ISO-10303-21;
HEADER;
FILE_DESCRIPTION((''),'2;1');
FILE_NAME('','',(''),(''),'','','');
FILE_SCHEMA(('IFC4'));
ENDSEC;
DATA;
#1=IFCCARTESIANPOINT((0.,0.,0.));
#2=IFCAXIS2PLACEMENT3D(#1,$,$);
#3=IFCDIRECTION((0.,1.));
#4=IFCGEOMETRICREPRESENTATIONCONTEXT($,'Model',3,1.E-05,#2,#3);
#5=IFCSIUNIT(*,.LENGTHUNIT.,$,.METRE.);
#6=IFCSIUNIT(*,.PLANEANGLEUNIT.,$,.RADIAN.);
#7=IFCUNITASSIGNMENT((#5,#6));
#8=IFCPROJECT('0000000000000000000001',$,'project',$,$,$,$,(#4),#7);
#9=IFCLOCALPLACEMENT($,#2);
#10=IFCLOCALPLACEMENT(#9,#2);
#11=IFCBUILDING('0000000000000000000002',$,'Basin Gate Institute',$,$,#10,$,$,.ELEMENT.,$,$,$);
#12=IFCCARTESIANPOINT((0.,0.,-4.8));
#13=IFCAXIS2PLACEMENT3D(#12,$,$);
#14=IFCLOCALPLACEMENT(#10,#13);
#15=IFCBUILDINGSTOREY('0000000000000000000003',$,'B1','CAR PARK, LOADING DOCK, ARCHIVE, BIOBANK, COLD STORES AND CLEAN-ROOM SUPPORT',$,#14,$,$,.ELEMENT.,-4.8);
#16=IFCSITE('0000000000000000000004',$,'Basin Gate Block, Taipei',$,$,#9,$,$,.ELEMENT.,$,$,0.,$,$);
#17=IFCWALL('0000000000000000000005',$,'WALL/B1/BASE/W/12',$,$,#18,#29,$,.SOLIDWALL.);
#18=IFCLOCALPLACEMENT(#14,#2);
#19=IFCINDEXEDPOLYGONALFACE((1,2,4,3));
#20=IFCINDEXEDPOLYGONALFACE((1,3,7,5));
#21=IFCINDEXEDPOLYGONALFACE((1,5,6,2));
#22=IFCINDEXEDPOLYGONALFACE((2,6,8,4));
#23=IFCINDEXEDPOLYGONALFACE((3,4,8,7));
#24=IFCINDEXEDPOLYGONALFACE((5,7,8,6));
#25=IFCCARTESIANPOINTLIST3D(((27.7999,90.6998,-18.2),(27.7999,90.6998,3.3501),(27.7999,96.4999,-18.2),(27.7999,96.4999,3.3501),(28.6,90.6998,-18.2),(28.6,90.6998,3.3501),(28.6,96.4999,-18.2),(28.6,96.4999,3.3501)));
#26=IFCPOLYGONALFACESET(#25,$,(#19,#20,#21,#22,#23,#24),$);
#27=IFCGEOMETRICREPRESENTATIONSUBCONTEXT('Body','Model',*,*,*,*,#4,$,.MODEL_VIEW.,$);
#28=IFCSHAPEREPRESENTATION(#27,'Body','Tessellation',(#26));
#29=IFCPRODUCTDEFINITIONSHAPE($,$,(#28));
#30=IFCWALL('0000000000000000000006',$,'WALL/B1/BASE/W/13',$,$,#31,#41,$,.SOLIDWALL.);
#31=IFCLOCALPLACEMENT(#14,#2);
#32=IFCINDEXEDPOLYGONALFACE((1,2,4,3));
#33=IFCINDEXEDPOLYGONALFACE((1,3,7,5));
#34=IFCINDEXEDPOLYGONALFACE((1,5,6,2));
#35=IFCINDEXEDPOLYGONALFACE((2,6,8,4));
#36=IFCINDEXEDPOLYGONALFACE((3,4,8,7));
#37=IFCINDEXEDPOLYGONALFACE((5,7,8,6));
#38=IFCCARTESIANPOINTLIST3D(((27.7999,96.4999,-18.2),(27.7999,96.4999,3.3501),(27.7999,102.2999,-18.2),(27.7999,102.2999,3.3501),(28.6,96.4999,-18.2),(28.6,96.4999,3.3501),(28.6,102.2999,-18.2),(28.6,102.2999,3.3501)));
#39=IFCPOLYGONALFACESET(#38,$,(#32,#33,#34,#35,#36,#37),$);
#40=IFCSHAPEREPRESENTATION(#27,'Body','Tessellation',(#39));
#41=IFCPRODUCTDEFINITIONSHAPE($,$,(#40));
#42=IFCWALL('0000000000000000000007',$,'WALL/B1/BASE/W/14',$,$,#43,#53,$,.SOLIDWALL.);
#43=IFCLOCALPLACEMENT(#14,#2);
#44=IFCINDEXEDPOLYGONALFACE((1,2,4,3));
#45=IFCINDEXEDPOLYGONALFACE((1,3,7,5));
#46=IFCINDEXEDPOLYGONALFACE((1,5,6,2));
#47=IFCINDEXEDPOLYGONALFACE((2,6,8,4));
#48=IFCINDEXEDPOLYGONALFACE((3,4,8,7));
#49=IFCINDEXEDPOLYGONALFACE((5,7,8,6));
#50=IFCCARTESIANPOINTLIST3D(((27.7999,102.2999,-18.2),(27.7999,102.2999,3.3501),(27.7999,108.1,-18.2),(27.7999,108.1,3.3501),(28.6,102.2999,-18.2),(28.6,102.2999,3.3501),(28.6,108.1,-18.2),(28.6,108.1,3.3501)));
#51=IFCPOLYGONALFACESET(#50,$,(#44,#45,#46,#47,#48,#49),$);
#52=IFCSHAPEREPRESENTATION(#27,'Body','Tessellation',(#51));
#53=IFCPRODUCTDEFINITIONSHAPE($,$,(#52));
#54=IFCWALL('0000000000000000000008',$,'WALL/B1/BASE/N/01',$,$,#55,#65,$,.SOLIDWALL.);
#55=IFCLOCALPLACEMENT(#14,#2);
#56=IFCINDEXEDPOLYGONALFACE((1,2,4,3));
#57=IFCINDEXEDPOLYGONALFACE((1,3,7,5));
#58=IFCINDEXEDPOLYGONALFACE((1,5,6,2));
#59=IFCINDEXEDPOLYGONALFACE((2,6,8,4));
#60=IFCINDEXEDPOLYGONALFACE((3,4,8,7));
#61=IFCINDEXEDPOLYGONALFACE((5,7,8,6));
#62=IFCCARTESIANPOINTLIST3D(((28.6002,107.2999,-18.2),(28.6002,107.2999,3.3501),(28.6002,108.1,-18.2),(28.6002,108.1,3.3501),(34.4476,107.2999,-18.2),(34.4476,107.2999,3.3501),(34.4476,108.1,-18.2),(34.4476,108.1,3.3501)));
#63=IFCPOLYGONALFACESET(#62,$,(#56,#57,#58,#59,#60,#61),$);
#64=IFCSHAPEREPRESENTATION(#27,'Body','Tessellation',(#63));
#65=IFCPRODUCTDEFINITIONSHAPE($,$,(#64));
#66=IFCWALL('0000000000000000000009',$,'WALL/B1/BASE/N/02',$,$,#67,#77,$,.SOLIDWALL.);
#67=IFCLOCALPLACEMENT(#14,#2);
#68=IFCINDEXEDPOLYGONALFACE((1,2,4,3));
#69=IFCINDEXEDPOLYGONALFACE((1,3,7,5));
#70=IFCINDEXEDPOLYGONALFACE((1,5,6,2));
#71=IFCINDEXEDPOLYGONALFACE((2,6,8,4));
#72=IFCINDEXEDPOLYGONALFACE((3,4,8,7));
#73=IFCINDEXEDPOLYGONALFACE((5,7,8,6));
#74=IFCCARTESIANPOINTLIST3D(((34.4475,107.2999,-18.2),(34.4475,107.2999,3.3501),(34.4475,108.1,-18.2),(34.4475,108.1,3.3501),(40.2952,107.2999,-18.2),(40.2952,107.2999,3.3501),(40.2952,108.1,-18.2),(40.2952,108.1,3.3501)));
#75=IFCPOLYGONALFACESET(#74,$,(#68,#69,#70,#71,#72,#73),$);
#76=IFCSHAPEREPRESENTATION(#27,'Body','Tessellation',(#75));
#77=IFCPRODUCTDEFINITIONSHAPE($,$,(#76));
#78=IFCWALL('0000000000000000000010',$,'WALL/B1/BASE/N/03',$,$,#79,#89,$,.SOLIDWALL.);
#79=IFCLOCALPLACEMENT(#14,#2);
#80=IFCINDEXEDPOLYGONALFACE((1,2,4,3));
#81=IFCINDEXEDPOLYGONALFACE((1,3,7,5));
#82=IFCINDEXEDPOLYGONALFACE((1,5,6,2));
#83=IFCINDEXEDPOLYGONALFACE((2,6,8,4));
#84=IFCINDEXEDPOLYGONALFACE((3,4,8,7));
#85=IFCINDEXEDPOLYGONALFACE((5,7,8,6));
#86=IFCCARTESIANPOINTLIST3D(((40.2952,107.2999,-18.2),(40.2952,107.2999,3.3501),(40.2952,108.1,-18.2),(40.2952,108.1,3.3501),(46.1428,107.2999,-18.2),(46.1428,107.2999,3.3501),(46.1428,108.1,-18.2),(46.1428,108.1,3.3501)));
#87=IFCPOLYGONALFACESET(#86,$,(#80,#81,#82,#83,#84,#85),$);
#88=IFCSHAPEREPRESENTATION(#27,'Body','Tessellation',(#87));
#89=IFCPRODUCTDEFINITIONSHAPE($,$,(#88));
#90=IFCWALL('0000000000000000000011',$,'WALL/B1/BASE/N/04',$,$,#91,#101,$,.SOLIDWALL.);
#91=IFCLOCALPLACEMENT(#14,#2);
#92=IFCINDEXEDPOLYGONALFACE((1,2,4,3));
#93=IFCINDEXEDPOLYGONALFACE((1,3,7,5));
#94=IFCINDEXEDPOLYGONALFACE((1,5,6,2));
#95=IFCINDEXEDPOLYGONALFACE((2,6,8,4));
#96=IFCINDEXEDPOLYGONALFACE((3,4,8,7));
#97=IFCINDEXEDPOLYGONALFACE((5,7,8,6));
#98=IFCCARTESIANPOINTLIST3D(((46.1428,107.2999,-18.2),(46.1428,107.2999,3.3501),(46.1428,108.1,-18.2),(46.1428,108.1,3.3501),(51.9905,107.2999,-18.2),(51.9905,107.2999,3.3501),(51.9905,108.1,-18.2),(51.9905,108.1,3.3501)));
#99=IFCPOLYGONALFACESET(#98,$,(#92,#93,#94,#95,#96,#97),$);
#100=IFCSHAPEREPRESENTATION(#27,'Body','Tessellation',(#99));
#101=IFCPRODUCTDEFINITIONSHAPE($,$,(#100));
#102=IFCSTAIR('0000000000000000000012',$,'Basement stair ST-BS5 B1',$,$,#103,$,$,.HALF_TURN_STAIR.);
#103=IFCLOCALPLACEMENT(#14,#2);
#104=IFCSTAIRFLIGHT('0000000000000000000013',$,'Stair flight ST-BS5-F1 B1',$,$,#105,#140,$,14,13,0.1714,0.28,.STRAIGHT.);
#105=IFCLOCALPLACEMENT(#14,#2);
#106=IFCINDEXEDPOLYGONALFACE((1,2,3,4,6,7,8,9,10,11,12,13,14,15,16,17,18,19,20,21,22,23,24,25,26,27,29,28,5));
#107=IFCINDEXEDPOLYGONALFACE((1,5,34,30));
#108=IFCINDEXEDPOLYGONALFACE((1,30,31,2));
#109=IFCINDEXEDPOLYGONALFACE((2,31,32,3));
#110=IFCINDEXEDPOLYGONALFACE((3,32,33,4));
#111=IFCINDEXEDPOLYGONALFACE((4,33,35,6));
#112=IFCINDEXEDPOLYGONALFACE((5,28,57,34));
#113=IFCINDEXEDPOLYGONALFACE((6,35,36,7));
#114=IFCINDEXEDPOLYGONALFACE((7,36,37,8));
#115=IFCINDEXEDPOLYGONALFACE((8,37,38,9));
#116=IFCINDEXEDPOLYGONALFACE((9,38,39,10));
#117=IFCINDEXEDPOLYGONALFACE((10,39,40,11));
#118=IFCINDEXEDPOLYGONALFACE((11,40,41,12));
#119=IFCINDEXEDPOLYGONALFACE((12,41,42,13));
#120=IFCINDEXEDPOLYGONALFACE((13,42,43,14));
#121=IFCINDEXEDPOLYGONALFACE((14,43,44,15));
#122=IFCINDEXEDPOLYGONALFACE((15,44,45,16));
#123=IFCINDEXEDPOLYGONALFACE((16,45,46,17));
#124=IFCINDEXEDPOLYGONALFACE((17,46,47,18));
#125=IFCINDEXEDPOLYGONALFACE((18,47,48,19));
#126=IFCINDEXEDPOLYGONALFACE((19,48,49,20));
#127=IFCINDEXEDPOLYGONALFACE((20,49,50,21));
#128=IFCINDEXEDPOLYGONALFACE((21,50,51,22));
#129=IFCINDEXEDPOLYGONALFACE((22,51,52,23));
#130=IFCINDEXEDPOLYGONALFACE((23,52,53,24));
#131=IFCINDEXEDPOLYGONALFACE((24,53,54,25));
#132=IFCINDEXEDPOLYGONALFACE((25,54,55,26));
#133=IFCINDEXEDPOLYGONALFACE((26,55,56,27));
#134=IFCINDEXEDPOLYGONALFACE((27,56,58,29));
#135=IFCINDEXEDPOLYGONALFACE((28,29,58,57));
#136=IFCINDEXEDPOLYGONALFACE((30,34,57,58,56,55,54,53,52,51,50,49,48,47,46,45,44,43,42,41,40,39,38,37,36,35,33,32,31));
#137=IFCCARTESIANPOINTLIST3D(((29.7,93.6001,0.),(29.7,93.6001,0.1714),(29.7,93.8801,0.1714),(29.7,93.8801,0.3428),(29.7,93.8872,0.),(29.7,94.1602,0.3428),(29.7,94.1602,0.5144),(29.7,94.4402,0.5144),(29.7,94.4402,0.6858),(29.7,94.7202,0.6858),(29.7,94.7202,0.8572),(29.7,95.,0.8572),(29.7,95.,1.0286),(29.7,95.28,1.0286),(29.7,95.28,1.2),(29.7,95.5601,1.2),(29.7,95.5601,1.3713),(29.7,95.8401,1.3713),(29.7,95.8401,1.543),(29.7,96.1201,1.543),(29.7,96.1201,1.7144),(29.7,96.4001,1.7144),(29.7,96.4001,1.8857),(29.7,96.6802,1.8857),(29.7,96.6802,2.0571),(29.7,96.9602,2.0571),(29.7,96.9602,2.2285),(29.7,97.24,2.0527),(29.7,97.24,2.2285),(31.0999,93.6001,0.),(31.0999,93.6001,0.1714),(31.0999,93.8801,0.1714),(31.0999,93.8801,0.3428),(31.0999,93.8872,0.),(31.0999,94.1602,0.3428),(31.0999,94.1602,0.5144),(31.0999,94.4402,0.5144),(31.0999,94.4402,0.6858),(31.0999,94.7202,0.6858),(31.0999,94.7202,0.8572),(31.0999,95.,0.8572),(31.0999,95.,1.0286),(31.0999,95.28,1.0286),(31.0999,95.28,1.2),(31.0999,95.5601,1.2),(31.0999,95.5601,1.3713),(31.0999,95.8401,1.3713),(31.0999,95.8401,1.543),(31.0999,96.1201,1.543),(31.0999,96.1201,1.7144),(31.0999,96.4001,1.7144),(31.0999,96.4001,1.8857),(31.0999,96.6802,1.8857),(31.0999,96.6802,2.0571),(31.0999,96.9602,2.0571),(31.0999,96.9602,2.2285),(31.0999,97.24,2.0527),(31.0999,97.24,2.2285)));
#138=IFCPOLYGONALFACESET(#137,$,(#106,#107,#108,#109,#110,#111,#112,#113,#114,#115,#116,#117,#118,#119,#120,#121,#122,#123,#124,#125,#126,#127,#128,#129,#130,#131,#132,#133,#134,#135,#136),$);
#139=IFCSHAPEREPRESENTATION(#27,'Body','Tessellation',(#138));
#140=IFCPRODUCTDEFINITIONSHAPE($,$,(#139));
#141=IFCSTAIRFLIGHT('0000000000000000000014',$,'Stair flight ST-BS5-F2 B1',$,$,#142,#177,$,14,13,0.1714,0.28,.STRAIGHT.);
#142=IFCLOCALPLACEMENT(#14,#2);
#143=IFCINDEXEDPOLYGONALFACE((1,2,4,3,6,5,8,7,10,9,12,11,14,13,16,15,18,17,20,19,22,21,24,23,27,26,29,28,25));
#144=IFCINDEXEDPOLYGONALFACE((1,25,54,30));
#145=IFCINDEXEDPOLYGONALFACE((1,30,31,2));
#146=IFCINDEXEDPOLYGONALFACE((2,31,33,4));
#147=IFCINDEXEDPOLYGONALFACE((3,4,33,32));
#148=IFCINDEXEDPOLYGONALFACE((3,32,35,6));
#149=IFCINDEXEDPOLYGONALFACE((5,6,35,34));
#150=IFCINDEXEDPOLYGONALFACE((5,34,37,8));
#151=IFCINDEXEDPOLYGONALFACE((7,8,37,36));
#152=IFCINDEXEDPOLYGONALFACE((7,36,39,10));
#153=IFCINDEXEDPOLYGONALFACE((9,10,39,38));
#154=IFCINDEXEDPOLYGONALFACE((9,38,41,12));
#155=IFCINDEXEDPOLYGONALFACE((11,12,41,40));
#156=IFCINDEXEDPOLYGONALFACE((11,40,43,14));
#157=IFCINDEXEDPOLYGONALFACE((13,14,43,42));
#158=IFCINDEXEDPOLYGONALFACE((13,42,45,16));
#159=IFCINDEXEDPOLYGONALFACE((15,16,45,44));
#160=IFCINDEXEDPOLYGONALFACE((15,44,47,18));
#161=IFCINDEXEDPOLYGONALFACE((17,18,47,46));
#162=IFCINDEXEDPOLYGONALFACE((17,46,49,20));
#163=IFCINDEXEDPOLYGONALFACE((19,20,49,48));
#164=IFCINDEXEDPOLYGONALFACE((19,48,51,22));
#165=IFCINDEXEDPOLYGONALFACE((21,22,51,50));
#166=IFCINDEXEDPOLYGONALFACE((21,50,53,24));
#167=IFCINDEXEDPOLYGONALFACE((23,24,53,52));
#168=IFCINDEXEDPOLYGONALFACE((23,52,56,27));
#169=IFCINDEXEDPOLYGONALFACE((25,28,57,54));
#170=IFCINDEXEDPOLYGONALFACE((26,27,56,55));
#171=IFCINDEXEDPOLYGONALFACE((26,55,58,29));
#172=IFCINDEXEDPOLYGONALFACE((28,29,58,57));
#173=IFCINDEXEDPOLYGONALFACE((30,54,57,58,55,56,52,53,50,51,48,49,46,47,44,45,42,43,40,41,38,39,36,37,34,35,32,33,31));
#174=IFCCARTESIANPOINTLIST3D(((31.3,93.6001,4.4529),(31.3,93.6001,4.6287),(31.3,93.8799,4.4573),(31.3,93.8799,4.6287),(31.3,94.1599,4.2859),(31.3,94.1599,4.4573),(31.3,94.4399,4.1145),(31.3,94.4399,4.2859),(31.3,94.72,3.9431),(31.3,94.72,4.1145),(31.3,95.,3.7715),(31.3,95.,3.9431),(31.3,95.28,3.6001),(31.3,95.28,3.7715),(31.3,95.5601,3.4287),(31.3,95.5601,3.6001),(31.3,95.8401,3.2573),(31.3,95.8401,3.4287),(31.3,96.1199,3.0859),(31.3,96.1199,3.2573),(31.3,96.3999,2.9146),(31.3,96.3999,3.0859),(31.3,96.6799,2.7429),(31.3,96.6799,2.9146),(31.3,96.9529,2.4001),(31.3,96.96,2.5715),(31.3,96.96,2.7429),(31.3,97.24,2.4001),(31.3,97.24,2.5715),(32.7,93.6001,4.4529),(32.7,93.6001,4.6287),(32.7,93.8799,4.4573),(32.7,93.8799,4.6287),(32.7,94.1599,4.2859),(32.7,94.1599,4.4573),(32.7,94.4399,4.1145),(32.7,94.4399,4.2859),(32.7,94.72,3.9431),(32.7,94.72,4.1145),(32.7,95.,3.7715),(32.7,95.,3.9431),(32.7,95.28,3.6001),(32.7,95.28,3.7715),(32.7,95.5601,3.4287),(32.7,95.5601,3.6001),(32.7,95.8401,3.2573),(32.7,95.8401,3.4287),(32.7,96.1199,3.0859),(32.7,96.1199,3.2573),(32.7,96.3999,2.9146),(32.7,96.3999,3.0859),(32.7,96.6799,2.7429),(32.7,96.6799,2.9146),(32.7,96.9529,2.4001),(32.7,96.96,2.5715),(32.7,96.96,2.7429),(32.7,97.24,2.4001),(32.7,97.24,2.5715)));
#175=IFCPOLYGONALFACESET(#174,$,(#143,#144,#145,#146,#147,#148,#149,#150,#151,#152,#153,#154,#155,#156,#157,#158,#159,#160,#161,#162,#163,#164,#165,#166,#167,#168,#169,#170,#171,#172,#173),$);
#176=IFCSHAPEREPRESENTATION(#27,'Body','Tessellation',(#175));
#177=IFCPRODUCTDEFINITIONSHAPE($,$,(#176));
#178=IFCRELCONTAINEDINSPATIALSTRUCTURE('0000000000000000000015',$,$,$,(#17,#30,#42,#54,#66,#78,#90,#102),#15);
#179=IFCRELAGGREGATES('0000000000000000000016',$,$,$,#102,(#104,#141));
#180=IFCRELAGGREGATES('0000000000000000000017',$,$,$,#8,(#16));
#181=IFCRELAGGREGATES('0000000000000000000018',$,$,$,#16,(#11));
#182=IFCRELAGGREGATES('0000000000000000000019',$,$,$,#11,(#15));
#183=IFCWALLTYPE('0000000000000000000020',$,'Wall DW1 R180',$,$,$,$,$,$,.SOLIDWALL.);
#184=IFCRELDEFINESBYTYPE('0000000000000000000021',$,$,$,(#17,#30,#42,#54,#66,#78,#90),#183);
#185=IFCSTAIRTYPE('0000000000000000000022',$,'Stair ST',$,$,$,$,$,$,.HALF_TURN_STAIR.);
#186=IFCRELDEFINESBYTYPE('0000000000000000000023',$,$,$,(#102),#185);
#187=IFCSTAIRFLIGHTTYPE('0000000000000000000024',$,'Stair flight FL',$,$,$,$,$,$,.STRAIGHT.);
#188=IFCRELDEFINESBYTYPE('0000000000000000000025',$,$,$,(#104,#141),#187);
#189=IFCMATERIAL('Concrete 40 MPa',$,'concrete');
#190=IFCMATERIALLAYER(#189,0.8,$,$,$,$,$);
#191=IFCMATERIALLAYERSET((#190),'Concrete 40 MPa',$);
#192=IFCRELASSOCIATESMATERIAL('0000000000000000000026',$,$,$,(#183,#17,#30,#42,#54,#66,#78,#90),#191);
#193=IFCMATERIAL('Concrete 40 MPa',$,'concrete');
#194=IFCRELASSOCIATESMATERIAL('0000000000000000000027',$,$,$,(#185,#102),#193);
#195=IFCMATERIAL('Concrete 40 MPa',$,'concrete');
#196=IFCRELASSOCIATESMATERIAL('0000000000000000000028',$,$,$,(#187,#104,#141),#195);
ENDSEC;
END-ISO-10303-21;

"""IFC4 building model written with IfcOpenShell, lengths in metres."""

from ifc_helpers import new_model, si_unit, direction, frame, frame_2d, origin, place, context, subcontext, project, spatial, polyline, rectangle, outline, extrude, material, layer, layer_set, type_object, element, aggregate, save


model = new_model("IFC4")

# Units and contexts
model_context = context("Model", 3, precision=1e-05, world=origin(), true_north=direction((0.0, 1.0)))
body_context = subcontext(model_context, "Body", "Model", "MODEL_VIEW")
ifc_project = project(units=[si_unit("LENGTHUNIT", "METRE"), si_unit("PLANEANGLEUNIT", "RADIAN")], contexts=[model_context])

# Site, building, storey
site_placement = place(None, origin())
site = spatial("IfcSite", under=ifc_project, at=site_placement, Name="Basin Gate Block, Taipei", CompositionType="ELEMENT", RefElevation=0.0)
building_placement = place(site_placement, origin())
building = spatial("IfcBuilding", under=site, at=building_placement, Name="Basin Gate Institute", CompositionType="ELEMENT")
storey_placement = place(building_placement, frame((0.0, 0.0, -4.8)))
storey = spatial("IfcBuildingStorey", under=building, at=storey_placement, Name="B1", Description="CAR PARK, LOADING DOCK, ARCHIVE, BIOBANK, COLD STORES AND CLEAN-ROOM SUPPORT", CompositionType="ELEMENT", Elevation=-4.8)

# Walls
ifc_material_1 = material(Name="Concrete 40 MPa", Category="concrete")
ifc_layer_1 = layer(ifc_material_1, 0.8)
ifc_layer_set_1 = layer_set([ifc_layer_1], Name="Concrete 40 MPa")
wall_type_1 = type_object("IfcWallType", Name="Wall DW1 R180", PredefinedType="SOLIDWALL", material=ifc_layer_set_1)
for number, where, z_axis, x_axis, name in (
    (1, (28.2, 90.7, -18.2), (0.0, 0.0, 1.0), (0.0, 1.0, 0.0), "WALL/B1/BASE/W/12"),
    (2, (28.2, 96.5, -18.2), (0.0, 0.0, 1.0), (0.0, 1.0, 0.0), "WALL/B1/BASE/W/13"),
    (3, (28.2, 102.3, -18.2), (0.0, 0.0, 1.0), (0.0, 1.0, 0.0), "WALL/B1/BASE/W/14"),
):
    element("IfcWall", number, at=place(storey_placement, frame(where, z_axis=z_axis, x_axis=x_axis)), inside=storey, type_object=wall_type_1, material=ifc_layer_set_1, Name=name, PredefinedType="SOLIDWALL", context=body_context, shape_type="SweptSolid", body=[
        extrude(rectangle(XDim=5.8, YDim=0.8, at=frame_2d((2.8999, 0.0))), origin(), (0.0, 0.0, 1.0), 21.55),
    ])
wall_1_placement = place(storey_placement, frame((28.6001, 107.7, -18.2), z_axis=(0.0, 0.0, 1.0), x_axis=(1.0, 0.0, 0.0)))
element("IfcWall", 4, at=wall_1_placement, inside=storey, type_object=wall_type_1, material=ifc_layer_set_1, Name="WALL/B1/BASE/N/01", PredefinedType="SOLIDWALL", context=body_context, shape_type="SweptSolid", body=[
    extrude(rectangle(XDim=5.8474, YDim=0.8, at=frame_2d((2.9238, 0.0))), origin(), (0.0, 0.0, 1.0), 21.55),
])
for number, where, z_axis, x_axis, name in (
    (5, (34.4475, 107.7, -18.2), (0.0, 0.0, 1.0), (1.0, 0.0, 0.0), "WALL/B1/BASE/N/02"),
    (6, (40.2952, 107.7, -18.2), (0.0, 0.0, 1.0), (1.0, 0.0, 0.0), "WALL/B1/BASE/N/03"),
    (7, (46.1428, 107.7, -18.2), (0.0, 0.0, 1.0), (1.0, 0.0, 0.0), "WALL/B1/BASE/N/04"),
):
    element("IfcWall", number, at=place(storey_placement, frame(where, z_axis=z_axis, x_axis=x_axis)), inside=storey, type_object=wall_type_1, material=ifc_layer_set_1, Name=name, PredefinedType="SOLIDWALL", context=body_context, shape_type="SweptSolid", body=[
        extrude(rectangle(XDim=5.8477, YDim=0.8, at=frame_2d((2.9238, 0.0))), origin(), (0.0, 0.0, 1.0), 21.55),
    ])

# Stair, stair flights
ifc_material_2 = material(Name="Concrete 40 MPa", Category="concrete")
stair_type = type_object("IfcStairType", Name="Stair ST", PredefinedType="HALF_TURN_STAIR", material=ifc_material_2)
stair_placement = place(storey_placement, origin())
stair = element("IfcStair", 8, at=stair_placement, inside=storey, type_object=stair_type, material=ifc_material_2, Name="Basement stair ST-BS5 B1", PredefinedType="HALF_TURN_STAIR")
ifc_material_3 = material(Name="Concrete 40 MPa", Category="concrete")
stair_flight_type = type_object("IfcStairFlightType", Name="Stair flight FL", PredefinedType="STRAIGHT", material=ifc_material_3)
stair_flight_1_placement = place(storey_placement, frame((30.3999, 93.6001, 0.0), z_axis=(0.0, 0.0, 1.0), x_axis=(0.0, 1.0, 0.0)))
stair_flight_1 = element("IfcStairFlight", 9, at=stair_flight_1_placement, type_object=stair_flight_type, material=ifc_material_3, Name="Stair flight ST-BS5-F1 B1", NumberOfRisers=14, NumberOfTreads=13, PredefinedType="STRAIGHT", RiserHeight=0.1714, TreadLength=0.28, context=body_context, shape_type="SweptSolid", body=[
    extrude(outline(polyline([(0.0, 0.0), (0.0, 0.1714), (0.28, 0.1714), (0.28, 0.3428), (0.5601, 0.3428), (0.5601, 0.5144), (0.8401, 0.5144), (0.8401, 0.6858), (1.1201, 0.6858), (1.1201, 0.8572), (1.3999, 0.8572), (1.3999, 1.0286), (1.6799, 1.0286), (1.6799, 1.2), (1.96, 1.2), (1.96, 1.3713), (2.24, 1.3713), (2.24, 1.543), (2.52, 1.543), (2.52, 1.7144), (2.8, 1.7144), (2.8, 1.8857), (3.0801, 1.8857), (3.0801, 2.0571), (3.3601, 2.0571), (3.3601, 2.2285), (3.6399, 2.2285), (3.6399, 2.3999), (3.6399, 2.0527), (0.2871, 0.0), (0.0, 0.0)])), frame((0.0, 0.7, 0.0), z_axis=(0.0, -1.0, 0.0), x_axis=(1.0, 0.0, 0.0)), (0.0, 0.0, 1.0), 1.3999),
])
stair_flight_2_placement = place(storey_placement, frame((32.0, 97.24, 2.4001), z_axis=(0.0, 0.0, 1.0), x_axis=(0.0, -1.0, 0.0)))
stair_flight_2 = element("IfcStairFlight", 10, at=stair_flight_2_placement, type_object=stair_flight_type, material=ifc_material_3, Name="Stair flight ST-BS5-F2 B1", NumberOfRisers=14, NumberOfTreads=13, PredefinedType="STRAIGHT", RiserHeight=0.1714, TreadLength=0.28, context=body_context, shape_type="SweptSolid", body=[
    extrude(outline(polyline([(0.0, 0.0), (0.0, 0.1714), (0.28, 0.1714), (0.28, 0.3428), (0.5601, 0.3428), (0.5601, 0.5144), (0.8401, 0.5144), (0.8401, 0.6858), (1.1201, 0.6858), (1.1201, 0.8572), (1.3999, 0.8572), (1.3999, 1.0286), (1.6799, 1.0286), (1.6799, 1.2), (1.96, 1.2), (1.96, 1.3713), (2.24, 1.3713), (2.24, 1.543), (2.52, 1.543), (2.52, 1.7144), (2.8, 1.7144), (2.8, 1.8857), (3.0801, 1.8857), (3.0801, 2.0571), (3.3601, 2.0571), (3.3601, 2.2285), (3.6399, 2.2285), (3.6399, 2.3999), (3.6399, 2.0527), (0.2871, 0.0), (0.0, 0.0)])), frame((0.0, 0.7, 0.0), z_axis=(0.0, -1.0, 0.0), x_axis=(1.0, 0.0, 0.0)), (0.0, 0.0, 1.0), 1.3999),
])
aggregate(stair, [stair_flight_1, stair_flight_2])

save(model, "model.ifc")
